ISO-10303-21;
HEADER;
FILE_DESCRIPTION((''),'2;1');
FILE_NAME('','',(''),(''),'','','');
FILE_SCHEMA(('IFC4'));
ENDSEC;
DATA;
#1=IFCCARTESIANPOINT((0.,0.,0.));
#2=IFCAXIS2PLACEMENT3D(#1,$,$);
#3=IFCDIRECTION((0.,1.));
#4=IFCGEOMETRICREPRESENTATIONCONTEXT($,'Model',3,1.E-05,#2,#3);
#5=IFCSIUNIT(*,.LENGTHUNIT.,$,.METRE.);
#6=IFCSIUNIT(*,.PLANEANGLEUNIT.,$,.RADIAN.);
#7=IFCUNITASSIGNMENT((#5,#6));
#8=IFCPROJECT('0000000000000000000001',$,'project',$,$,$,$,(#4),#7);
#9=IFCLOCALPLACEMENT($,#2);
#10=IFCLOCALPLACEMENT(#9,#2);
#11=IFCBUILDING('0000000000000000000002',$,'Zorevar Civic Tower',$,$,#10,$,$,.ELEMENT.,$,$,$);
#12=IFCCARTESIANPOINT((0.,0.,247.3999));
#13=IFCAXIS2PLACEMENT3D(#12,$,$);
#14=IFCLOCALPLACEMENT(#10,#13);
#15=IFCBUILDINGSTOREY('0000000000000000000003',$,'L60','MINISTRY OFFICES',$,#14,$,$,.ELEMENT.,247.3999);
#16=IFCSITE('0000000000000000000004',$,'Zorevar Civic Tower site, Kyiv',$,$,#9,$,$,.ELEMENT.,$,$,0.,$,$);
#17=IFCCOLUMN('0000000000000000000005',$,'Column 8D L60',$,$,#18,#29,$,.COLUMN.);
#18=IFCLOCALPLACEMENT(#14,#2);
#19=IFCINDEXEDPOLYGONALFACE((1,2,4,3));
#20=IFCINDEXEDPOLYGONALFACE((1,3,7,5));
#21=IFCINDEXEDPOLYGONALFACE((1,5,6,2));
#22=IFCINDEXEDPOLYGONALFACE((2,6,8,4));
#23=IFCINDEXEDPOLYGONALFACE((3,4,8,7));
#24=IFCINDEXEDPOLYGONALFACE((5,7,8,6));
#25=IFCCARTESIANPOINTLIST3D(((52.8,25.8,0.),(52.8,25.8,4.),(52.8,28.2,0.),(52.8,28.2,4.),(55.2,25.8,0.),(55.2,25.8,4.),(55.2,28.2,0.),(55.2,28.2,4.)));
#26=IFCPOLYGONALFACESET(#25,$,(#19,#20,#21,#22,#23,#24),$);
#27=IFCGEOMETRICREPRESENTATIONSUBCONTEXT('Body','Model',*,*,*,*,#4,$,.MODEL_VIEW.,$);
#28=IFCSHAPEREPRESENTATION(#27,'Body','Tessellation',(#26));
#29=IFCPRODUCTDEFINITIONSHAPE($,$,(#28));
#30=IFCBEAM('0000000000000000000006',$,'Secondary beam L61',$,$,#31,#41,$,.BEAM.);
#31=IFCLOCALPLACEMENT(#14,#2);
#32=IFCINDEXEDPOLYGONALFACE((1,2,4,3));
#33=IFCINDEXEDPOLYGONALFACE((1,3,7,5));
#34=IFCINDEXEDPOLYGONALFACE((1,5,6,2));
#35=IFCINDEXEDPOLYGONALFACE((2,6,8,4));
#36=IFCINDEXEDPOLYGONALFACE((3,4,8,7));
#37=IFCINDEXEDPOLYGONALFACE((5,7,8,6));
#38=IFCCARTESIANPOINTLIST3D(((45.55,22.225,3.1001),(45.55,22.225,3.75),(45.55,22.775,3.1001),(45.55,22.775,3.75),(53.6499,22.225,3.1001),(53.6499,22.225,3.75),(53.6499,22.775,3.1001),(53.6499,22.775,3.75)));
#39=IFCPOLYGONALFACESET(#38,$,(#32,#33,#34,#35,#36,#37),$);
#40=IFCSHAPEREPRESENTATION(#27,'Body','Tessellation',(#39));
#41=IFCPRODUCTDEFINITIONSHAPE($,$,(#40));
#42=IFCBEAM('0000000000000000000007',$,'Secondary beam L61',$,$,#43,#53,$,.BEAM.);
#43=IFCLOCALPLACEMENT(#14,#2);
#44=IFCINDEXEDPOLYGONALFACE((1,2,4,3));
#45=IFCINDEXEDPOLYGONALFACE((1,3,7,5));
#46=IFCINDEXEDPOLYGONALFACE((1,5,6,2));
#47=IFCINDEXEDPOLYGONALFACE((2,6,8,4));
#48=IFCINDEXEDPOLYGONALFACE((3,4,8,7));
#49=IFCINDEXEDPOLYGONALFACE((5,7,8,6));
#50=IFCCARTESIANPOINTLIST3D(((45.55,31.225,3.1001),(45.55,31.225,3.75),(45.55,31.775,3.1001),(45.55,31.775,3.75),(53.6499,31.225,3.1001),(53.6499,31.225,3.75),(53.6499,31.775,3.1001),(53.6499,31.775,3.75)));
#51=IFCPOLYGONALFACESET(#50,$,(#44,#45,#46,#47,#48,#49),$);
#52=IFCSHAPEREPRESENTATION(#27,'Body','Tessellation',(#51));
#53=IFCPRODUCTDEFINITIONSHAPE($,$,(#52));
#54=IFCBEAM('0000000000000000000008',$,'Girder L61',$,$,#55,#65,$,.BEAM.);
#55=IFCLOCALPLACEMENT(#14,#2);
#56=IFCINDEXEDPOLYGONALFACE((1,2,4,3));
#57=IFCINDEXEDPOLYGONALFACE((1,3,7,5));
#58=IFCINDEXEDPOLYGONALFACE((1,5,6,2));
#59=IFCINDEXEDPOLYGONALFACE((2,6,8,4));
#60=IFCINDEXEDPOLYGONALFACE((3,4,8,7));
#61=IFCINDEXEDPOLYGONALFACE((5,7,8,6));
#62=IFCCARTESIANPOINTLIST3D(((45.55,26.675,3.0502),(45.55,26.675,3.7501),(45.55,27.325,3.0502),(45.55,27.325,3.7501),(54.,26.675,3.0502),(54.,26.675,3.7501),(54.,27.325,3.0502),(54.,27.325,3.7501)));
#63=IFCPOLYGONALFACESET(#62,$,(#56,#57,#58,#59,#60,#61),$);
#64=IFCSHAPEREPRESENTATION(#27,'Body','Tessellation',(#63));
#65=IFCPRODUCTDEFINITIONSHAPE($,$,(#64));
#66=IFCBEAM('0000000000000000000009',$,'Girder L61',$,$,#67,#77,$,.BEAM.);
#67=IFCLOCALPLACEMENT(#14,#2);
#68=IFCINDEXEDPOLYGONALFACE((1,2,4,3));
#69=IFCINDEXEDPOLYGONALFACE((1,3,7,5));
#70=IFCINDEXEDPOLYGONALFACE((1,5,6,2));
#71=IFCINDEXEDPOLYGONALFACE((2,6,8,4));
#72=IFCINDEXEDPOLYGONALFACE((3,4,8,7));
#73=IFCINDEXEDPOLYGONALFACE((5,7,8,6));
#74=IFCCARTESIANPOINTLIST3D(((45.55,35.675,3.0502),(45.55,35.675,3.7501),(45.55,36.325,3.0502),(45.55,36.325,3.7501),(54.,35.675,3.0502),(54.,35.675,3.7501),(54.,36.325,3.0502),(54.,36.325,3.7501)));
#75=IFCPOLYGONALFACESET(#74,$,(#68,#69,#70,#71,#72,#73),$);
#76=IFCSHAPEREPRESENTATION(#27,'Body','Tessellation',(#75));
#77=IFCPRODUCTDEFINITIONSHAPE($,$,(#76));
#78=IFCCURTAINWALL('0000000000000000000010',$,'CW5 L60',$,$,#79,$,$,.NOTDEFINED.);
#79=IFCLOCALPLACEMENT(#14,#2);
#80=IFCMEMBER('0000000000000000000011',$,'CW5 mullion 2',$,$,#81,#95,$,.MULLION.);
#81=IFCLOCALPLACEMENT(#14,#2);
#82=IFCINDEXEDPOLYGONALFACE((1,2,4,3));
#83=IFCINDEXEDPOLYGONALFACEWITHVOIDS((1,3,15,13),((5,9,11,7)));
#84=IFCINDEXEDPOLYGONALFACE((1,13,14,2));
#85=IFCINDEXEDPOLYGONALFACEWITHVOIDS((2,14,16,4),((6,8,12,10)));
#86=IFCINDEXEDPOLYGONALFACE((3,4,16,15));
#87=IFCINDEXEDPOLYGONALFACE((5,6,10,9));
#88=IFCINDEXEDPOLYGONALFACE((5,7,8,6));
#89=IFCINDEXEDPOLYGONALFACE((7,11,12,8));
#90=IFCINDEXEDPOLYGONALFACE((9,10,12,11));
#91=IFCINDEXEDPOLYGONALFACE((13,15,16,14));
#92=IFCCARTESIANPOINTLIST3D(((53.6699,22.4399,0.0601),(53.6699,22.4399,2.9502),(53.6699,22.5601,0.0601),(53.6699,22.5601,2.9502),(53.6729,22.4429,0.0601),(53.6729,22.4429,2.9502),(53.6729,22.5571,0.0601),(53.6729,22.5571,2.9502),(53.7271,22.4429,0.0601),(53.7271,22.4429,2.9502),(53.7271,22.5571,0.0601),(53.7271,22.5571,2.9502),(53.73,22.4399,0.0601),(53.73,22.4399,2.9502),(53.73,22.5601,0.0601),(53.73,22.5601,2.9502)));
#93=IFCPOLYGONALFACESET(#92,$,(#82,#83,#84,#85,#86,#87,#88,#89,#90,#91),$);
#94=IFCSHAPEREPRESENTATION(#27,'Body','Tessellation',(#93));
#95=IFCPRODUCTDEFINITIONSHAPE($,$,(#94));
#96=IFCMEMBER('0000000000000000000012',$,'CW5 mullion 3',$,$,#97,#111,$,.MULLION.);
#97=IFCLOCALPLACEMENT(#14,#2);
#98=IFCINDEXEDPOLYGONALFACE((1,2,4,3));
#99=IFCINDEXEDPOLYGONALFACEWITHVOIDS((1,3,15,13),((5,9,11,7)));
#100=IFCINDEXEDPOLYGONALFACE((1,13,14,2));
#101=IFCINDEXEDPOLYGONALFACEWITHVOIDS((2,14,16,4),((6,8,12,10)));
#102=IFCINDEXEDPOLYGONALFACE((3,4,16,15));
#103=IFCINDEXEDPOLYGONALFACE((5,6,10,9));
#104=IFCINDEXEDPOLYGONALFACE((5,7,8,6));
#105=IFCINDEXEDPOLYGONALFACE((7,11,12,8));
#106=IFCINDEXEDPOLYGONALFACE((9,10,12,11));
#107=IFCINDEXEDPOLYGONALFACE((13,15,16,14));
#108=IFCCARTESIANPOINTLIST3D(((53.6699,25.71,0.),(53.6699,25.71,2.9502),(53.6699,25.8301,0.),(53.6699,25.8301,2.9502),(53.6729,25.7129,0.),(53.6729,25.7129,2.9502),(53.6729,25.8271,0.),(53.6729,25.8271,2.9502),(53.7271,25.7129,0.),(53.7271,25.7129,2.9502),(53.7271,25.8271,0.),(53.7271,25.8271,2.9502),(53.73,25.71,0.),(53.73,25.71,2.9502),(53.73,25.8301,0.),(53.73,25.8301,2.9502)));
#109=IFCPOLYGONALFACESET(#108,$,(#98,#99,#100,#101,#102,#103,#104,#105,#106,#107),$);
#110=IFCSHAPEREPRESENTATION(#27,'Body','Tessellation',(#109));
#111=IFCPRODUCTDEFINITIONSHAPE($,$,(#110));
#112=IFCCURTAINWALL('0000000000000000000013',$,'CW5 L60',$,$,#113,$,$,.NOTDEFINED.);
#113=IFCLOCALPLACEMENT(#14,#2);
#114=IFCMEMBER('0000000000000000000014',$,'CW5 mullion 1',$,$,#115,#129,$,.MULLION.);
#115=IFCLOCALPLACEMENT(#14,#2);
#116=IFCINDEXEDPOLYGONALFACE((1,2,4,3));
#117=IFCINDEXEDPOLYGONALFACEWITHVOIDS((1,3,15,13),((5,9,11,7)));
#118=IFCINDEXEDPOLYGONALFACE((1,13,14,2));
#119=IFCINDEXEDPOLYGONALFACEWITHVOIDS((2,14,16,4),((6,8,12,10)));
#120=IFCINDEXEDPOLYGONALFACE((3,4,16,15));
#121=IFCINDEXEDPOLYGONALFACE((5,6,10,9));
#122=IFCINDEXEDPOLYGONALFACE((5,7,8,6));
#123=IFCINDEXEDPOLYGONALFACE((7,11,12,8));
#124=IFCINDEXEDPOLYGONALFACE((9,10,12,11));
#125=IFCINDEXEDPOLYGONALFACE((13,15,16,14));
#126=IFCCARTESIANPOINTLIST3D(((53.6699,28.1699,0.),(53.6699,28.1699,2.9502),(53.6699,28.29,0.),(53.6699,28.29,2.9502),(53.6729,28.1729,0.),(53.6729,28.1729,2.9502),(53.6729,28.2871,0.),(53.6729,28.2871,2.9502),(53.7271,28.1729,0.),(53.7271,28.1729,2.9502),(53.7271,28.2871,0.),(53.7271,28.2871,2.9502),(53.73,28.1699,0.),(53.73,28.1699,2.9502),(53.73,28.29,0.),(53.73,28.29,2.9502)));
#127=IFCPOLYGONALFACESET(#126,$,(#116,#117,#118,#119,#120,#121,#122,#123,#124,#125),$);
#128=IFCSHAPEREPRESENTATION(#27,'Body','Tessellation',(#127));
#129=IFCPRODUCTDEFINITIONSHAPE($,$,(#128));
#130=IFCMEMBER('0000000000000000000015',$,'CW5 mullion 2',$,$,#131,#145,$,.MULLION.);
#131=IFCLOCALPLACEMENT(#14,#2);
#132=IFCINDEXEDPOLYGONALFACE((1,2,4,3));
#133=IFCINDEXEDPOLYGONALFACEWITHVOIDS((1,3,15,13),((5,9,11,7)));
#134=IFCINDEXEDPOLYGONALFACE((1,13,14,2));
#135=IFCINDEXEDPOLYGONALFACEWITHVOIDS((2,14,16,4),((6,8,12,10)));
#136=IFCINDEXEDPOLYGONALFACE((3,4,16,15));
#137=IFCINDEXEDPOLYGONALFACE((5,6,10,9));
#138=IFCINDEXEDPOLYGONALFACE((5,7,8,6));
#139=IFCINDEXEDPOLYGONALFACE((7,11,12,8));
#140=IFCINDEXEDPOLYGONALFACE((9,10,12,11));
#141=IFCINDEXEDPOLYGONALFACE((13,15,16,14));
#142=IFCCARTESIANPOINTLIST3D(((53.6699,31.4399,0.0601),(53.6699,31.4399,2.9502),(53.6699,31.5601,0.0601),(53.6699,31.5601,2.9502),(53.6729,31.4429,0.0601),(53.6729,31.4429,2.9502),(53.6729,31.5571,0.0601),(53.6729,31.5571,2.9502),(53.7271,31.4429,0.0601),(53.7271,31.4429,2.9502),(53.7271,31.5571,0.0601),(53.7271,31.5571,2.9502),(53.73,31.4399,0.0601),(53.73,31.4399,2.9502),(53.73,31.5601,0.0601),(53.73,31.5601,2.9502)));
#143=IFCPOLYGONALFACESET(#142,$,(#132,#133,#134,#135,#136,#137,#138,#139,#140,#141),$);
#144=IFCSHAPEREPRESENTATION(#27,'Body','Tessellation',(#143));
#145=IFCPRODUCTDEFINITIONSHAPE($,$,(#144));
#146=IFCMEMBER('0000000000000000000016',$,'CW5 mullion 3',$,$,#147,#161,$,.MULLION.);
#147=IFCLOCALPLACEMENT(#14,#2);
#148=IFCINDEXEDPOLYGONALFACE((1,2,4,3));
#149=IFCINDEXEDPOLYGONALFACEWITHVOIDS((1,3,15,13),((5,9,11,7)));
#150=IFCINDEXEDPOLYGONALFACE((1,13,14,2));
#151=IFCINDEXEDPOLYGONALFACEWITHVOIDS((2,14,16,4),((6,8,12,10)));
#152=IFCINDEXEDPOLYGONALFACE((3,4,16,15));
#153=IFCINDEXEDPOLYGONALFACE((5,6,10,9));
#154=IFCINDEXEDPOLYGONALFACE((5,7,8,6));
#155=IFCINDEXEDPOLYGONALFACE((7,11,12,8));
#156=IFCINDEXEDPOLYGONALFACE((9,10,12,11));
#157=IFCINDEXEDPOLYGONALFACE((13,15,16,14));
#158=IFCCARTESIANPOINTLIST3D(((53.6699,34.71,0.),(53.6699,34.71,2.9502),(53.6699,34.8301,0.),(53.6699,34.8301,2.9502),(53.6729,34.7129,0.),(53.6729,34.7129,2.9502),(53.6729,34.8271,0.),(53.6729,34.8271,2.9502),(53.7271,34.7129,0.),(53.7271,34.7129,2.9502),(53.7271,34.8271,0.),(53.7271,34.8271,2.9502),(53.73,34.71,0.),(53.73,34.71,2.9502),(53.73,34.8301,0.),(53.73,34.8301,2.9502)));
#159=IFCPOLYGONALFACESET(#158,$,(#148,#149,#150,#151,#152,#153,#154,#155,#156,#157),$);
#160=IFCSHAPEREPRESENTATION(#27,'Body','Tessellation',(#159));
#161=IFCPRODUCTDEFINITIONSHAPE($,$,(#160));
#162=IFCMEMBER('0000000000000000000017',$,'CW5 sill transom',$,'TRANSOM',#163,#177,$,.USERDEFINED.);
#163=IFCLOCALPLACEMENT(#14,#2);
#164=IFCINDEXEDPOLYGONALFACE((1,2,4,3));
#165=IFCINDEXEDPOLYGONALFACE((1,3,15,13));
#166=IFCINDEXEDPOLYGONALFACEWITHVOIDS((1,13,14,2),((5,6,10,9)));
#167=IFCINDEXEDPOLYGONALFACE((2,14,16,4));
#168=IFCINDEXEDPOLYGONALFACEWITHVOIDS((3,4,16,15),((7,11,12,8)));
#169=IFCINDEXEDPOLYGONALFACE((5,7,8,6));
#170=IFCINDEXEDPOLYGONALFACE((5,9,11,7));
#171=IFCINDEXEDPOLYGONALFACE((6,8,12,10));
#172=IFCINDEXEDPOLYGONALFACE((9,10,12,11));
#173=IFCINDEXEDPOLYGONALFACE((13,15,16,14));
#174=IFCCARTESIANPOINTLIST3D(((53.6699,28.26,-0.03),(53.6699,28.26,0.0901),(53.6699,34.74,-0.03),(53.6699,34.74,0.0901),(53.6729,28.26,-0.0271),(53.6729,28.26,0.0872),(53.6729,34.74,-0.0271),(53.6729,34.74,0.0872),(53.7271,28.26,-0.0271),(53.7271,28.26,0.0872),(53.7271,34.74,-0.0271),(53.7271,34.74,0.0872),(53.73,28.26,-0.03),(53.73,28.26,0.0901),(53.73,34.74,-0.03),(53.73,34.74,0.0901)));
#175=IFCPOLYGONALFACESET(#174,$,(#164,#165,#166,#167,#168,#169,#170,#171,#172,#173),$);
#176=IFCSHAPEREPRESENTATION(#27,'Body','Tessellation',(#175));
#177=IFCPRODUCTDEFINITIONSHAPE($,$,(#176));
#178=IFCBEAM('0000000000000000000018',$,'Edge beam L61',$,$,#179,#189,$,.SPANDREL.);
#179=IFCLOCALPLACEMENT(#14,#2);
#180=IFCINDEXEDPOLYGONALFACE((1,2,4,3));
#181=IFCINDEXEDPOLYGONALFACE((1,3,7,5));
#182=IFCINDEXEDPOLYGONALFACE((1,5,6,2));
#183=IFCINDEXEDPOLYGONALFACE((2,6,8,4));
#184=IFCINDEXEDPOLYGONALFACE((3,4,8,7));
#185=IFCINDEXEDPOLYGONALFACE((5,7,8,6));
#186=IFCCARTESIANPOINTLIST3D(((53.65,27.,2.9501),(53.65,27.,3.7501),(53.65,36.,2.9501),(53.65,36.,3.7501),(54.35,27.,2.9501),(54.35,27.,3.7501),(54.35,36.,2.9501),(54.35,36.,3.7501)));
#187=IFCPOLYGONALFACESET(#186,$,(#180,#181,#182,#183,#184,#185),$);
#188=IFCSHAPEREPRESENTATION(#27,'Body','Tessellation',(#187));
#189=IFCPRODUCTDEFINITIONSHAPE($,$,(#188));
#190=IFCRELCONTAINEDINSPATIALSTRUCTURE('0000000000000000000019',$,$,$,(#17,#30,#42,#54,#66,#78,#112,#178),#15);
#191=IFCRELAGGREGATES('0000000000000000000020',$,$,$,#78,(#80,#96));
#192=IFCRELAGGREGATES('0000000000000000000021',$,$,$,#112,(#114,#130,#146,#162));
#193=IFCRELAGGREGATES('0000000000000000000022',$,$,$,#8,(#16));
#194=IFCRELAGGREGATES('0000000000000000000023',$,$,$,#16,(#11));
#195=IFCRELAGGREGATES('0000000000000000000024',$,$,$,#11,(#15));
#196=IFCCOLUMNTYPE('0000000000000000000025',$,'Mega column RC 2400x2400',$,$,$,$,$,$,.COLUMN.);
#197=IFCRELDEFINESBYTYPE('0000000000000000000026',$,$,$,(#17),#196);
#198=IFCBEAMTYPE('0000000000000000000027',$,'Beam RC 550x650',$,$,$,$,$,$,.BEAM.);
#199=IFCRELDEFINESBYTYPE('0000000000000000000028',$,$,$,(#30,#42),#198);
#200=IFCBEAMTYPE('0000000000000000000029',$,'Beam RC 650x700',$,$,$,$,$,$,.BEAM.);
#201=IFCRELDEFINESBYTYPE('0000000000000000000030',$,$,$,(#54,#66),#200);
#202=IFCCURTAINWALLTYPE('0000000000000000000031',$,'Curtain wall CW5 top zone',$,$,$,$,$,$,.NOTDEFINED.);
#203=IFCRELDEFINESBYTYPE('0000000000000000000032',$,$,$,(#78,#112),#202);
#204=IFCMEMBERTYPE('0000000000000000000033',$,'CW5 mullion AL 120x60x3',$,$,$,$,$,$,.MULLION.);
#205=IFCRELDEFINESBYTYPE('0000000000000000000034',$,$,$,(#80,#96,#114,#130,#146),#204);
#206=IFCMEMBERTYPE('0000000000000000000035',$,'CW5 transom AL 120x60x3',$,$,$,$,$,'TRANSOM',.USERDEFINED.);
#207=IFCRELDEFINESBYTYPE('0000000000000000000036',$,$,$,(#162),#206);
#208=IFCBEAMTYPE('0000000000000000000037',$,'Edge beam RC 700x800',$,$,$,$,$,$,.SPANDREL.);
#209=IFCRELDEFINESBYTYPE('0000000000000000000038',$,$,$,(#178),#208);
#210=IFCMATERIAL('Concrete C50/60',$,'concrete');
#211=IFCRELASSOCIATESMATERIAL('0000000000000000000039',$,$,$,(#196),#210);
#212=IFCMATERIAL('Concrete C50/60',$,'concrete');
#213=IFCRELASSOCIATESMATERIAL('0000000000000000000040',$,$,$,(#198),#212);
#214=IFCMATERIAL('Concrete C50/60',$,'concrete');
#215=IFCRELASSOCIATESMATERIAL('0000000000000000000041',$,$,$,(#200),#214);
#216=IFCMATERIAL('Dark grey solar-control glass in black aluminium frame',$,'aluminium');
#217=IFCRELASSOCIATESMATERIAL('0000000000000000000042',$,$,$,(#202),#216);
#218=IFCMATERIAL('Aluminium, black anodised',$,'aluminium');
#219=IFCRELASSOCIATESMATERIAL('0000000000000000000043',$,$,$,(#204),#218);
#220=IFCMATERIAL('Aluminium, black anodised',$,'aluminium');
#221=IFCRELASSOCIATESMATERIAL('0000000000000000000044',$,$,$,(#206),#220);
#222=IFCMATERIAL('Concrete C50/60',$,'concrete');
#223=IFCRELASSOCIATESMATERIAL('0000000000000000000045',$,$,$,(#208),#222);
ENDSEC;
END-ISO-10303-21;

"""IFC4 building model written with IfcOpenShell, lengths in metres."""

from ifc_helpers import new_model, si_unit, direction, frame, origin, origin_2d, place, context, subcontext, project, spatial, rectangle, hollow_rectangle, extrude, material, material_profile, profile_set, type_object, element, aggregate, save


model = new_model("IFC4")

# Units and contexts
model_context = context("Model", 3, precision=1e-05, world=origin(), true_north=direction((0.0, 1.0)))
body_context = subcontext(model_context, "Body", "Model", "MODEL_VIEW")
ifc_project = project(units=[si_unit("LENGTHUNIT", "METRE"), si_unit("PLANEANGLEUNIT", "RADIAN")], contexts=[model_context])

# Site, building, storey
site_placement = place(None, origin())
site = spatial("IfcSite", under=ifc_project, at=site_placement, Name="Zorevar Civic Tower site, Kyiv", CompositionType="ELEMENT", RefElevation=0.0)
building_placement = place(site_placement, origin())
building = spatial("IfcBuilding", under=site, at=building_placement, Name="Zorevar Civic Tower", CompositionType="ELEMENT")
storey_placement = place(building_placement, frame((0.0, 0.0, 247.3999)))
storey = spatial("IfcBuildingStorey", under=building, at=storey_placement, Name="L60", Description="MINISTRY OFFICES", CompositionType="ELEMENT", Elevation=247.3999)

# Column
ifc_material_1 = material(Name="Concrete C50/60", Category="concrete")
ifc_material_profile_1 = material_profile(ifc_material_1, rectangle(XDim=2.3999, YDim=2.3999, at=origin_2d()), Name="RC 2400x2400")
ifc_profile_set_1 = profile_set([ifc_material_profile_1], Name="Concrete C50/60")
column_type = type_object("IfcColumnType", Name="Mega column RC 2400x2400", PredefinedType="COLUMN", material=ifc_profile_set_1)
column_placement = place(storey_placement, frame((54.0, 27.0, 0.0), z_axis=(0.0, 0.0, 1.0), x_axis=(1.0, 0.0, 0.0)))
element("IfcColumn", 1, at=column_placement, inside=storey, type_object=column_type, Name="Column 8D L60", PredefinedType="COLUMN", context=body_context, shape_type="SweptSolid", body=[
    extrude(rectangle(XDim=2.3999, YDim=2.3999, at=origin_2d()), origin(), (0.0, 0.0, 1.0), 4.0),
])

# Beams
ifc_material_2 = material(Name="Concrete C50/60", Category="concrete")
ifc_material_profile_2 = material_profile(ifc_material_2, rectangle(XDim=0.55, YDim=0.6499, at=origin_2d()), Name="RC 550x650")
ifc_profile_set_2 = profile_set([ifc_material_profile_2], Name="Concrete C50/60")
beam_type_1 = type_object("IfcBeamType", Name="Beam RC 550x650", PredefinedType="BEAM", material=ifc_profile_set_2)
for number, where, z_axis, x_axis, name in (
    (2, (45.55, 22.5, 3.425), (1.0, 0.0, 0.0), (0.0, 1.0, 0.0), "Secondary beam L61"),
    (3, (45.55, 31.5, 3.425), (1.0, 0.0, 0.0), (0.0, 1.0, 0.0), "Secondary beam L61"),
):
    element("IfcBeam", number, at=place(storey_placement, frame(where, z_axis=z_axis, x_axis=x_axis)), inside=storey, type_object=beam_type_1, Name=name, PredefinedType="BEAM", context=body_context, shape_type="SweptSolid", body=[
        extrude(rectangle(XDim=0.55, YDim=0.6499, at=origin_2d()), origin(), (0.0, 0.0, 1.0), 8.0999),
    ])
ifc_material_3 = material(Name="Concrete C50/60", Category="concrete")
ifc_material_profile_3 = material_profile(ifc_material_3, rectangle(XDim=0.6499, YDim=0.7, at=origin_2d()), Name="RC 650x700")
ifc_profile_set_3 = profile_set([ifc_material_profile_3], Name="Concrete C50/60")
beam_type_2 = type_object("IfcBeamType", Name="Beam RC 650x700", PredefinedType="BEAM", material=ifc_profile_set_3)
for number, where, z_axis, x_axis, name in (
    (4, (45.55, 27.0, 3.4001), (1.0, 0.0, 0.0), (0.0, 1.0, 0.0), "Girder L61"),
    (5, (45.55, 36.0, 3.4001), (1.0, 0.0, 0.0), (0.0, 1.0, 0.0), "Girder L61"),
):
    element("IfcBeam", number, at=place(storey_placement, frame(where, z_axis=z_axis, x_axis=x_axis)), inside=storey, type_object=beam_type_2, Name=name, PredefinedType="BEAM", context=body_context, shape_type="SweptSolid", body=[
        extrude(rectangle(XDim=0.6499, YDim=0.7, at=origin_2d()), origin(), (0.0, 0.0, 1.0), 8.45),
    ])

# Curtain walls, members
ifc_material_4 = material(Name="Dark grey solar-control glass in black aluminium frame", Category="aluminium")
curtain_wall_type = type_object("IfcCurtainWallType", Name="Curtain wall CW5 top zone", PredefinedType="NOTDEFINED", material=ifc_material_4)
curtain_wall_1_placement = place(storey_placement, origin())
curtain_wall_1 = element("IfcCurtainWall", 6, at=curtain_wall_1_placement, inside=storey, type_object=curtain_wall_type, Name="CW5 L60", PredefinedType="NOTDEFINED")
ifc_material_5 = material(Name="Aluminium, black anodised", Category="aluminium")
ifc_material_profile_4 = material_profile(ifc_material_5, hollow_rectangle(XDim=0.0601, YDim=0.1201, WallThickness=0.0029, at=origin_2d()), Name="AL 120x60x3")
ifc_profile_set_4 = profile_set([ifc_material_profile_4], Name="Aluminium, black anodised")
member_type_1 = type_object("IfcMemberType", Name="CW5 mullion AL 120x60x3", PredefinedType="MULLION", material=ifc_profile_set_4)
member_1_placement = place(storey_placement, frame((53.7, 22.5, 0.0601), z_axis=(0.0, 0.0, 1.0), x_axis=(-1.0, 0.0, 0.0)))
member_1 = element("IfcMember", 7, at=member_1_placement, type_object=member_type_1, Name="CW5 mullion 2", PredefinedType="MULLION", context=body_context, shape_type="SweptSolid", body=[
    extrude(hollow_rectangle(XDim=0.0601, YDim=0.1201, WallThickness=0.0029, at=origin_2d()), origin(), (0.0, 0.0, 1.0), 2.8901),
])
member_2_placement = place(storey_placement, frame((53.7, 25.77, 0.0), z_axis=(0.0, 0.0, 1.0), x_axis=(-1.0, 0.0, 0.0)))
member_2 = element("IfcMember", 8, at=member_2_placement, type_object=member_type_1, Name="CW5 mullion 3", PredefinedType="MULLION", context=body_context, shape_type="SweptSolid", body=[
    extrude(hollow_rectangle(XDim=0.0601, YDim=0.1201, WallThickness=0.0029, at=origin_2d()), origin(), (0.0, 0.0, 1.0), 2.9502),
])
curtain_wall_2_placement = place(storey_placement, origin())
curtain_wall_2 = element("IfcCurtainWall", 9, at=curtain_wall_2_placement, inside=storey, type_object=curtain_wall_type, Name="CW5 L60", PredefinedType="NOTDEFINED")
member_3_placement = place(storey_placement, frame((53.7, 28.23, 0.0), z_axis=(0.0, 0.0, 1.0), x_axis=(-1.0, 0.0, 0.0)))
member_3 = element("IfcMember", 10, at=member_3_placement, type_object=member_type_1, Name="CW5 mullion 1", PredefinedType="MULLION", context=body_context, shape_type="SweptSolid", body=[
    extrude(hollow_rectangle(XDim=0.0601, YDim=0.1201, WallThickness=0.0029, at=origin_2d()), origin(), (0.0, 0.0, 1.0), 2.9502),
])
member_4_placement = place(storey_placement, frame((53.7, 31.5, 0.0601), z_axis=(0.0, 0.0, 1.0), x_axis=(-1.0, 0.0, 0.0)))
member_4 = element("IfcMember", 11, at=member_4_placement, type_object=member_type_1, Name="CW5 mullion 2", PredefinedType="MULLION", context=body_context, shape_type="SweptSolid", body=[
    extrude(hollow_rectangle(XDim=0.0601, YDim=0.1201, WallThickness=0.0029, at=origin_2d()), origin(), (0.0, 0.0, 1.0), 2.8901),
])
member_5_placement = place(storey_placement, frame((53.7, 34.77, 0.0), z_axis=(0.0, 0.0, 1.0), x_axis=(-1.0, 0.0, 0.0)))
member_5 = element("IfcMember", 12, at=member_5_placement, type_object=member_type_1, Name="CW5 mullion 3", PredefinedType="MULLION", context=body_context, shape_type="SweptSolid", body=[
    extrude(hollow_rectangle(XDim=0.0601, YDim=0.1201, WallThickness=0.0029, at=origin_2d()), origin(), (0.0, 0.0, 1.0), 2.9502),
])
ifc_material_6 = material(Name="Aluminium, black anodised", Category="aluminium")
ifc_material_profile_5 = material_profile(ifc_material_6, hollow_rectangle(XDim=0.0601, YDim=0.1201, WallThickness=0.0029, at=origin_2d()), Name="AL 120x60x3")
ifc_profile_set_5 = profile_set([ifc_material_profile_5], Name="Aluminium, black anodised")
member_type_2 = type_object("IfcMemberType", Name="CW5 transom AL 120x60x3", ElementType="TRANSOM", PredefinedType="USERDEFINED", material=ifc_profile_set_5)
member_6_placement = place(storey_placement, frame((53.7, 28.26, 0.03), z_axis=(0.0, 1.0, 0.0), x_axis=(-1.0, 0.0, 0.0)))
member_6 = element("IfcMember", 13, at=member_6_placement, type_object=member_type_2, Name="CW5 sill transom", ObjectType="TRANSOM", PredefinedType="USERDEFINED", context=body_context, shape_type="SweptSolid", body=[
    extrude(hollow_rectangle(XDim=0.0601, YDim=0.1201, WallThickness=0.0029, at=origin_2d()), origin(), (0.0, 0.0, 1.0), 6.48),
])

# Beam
ifc_material_7 = material(Name="Concrete C50/60", Category="concrete")
ifc_material_profile_6 = material_profile(ifc_material_7, rectangle(XDim=0.7, YDim=0.8, at=origin_2d()), Name="RC 700x800")
ifc_profile_set_6 = profile_set([ifc_material_profile_6], Name="Concrete C50/60")
beam_type_3 = type_object("IfcBeamType", Name="Edge beam RC 700x800", PredefinedType="SPANDREL", material=ifc_profile_set_6)
beam_placement = place(storey_placement, frame((54.0, 27.0, 3.3501), z_axis=(0.0, 1.0, 0.0), x_axis=(-1.0, 0.0, 0.0)))
element("IfcBeam", 14, at=beam_placement, inside=storey, type_object=beam_type_3, Name="Edge beam L61", PredefinedType="SPANDREL", context=body_context, shape_type="SweptSolid", body=[
    extrude(rectangle(XDim=0.7, YDim=0.8, at=origin_2d()), origin(), (0.0, 0.0, 1.0), 9.0),
])

aggregate(curtain_wall_1, [member_1, member_2])
aggregate(curtain_wall_2, [member_3, member_4, member_5, member_6])

save(model, "model.ifc")
